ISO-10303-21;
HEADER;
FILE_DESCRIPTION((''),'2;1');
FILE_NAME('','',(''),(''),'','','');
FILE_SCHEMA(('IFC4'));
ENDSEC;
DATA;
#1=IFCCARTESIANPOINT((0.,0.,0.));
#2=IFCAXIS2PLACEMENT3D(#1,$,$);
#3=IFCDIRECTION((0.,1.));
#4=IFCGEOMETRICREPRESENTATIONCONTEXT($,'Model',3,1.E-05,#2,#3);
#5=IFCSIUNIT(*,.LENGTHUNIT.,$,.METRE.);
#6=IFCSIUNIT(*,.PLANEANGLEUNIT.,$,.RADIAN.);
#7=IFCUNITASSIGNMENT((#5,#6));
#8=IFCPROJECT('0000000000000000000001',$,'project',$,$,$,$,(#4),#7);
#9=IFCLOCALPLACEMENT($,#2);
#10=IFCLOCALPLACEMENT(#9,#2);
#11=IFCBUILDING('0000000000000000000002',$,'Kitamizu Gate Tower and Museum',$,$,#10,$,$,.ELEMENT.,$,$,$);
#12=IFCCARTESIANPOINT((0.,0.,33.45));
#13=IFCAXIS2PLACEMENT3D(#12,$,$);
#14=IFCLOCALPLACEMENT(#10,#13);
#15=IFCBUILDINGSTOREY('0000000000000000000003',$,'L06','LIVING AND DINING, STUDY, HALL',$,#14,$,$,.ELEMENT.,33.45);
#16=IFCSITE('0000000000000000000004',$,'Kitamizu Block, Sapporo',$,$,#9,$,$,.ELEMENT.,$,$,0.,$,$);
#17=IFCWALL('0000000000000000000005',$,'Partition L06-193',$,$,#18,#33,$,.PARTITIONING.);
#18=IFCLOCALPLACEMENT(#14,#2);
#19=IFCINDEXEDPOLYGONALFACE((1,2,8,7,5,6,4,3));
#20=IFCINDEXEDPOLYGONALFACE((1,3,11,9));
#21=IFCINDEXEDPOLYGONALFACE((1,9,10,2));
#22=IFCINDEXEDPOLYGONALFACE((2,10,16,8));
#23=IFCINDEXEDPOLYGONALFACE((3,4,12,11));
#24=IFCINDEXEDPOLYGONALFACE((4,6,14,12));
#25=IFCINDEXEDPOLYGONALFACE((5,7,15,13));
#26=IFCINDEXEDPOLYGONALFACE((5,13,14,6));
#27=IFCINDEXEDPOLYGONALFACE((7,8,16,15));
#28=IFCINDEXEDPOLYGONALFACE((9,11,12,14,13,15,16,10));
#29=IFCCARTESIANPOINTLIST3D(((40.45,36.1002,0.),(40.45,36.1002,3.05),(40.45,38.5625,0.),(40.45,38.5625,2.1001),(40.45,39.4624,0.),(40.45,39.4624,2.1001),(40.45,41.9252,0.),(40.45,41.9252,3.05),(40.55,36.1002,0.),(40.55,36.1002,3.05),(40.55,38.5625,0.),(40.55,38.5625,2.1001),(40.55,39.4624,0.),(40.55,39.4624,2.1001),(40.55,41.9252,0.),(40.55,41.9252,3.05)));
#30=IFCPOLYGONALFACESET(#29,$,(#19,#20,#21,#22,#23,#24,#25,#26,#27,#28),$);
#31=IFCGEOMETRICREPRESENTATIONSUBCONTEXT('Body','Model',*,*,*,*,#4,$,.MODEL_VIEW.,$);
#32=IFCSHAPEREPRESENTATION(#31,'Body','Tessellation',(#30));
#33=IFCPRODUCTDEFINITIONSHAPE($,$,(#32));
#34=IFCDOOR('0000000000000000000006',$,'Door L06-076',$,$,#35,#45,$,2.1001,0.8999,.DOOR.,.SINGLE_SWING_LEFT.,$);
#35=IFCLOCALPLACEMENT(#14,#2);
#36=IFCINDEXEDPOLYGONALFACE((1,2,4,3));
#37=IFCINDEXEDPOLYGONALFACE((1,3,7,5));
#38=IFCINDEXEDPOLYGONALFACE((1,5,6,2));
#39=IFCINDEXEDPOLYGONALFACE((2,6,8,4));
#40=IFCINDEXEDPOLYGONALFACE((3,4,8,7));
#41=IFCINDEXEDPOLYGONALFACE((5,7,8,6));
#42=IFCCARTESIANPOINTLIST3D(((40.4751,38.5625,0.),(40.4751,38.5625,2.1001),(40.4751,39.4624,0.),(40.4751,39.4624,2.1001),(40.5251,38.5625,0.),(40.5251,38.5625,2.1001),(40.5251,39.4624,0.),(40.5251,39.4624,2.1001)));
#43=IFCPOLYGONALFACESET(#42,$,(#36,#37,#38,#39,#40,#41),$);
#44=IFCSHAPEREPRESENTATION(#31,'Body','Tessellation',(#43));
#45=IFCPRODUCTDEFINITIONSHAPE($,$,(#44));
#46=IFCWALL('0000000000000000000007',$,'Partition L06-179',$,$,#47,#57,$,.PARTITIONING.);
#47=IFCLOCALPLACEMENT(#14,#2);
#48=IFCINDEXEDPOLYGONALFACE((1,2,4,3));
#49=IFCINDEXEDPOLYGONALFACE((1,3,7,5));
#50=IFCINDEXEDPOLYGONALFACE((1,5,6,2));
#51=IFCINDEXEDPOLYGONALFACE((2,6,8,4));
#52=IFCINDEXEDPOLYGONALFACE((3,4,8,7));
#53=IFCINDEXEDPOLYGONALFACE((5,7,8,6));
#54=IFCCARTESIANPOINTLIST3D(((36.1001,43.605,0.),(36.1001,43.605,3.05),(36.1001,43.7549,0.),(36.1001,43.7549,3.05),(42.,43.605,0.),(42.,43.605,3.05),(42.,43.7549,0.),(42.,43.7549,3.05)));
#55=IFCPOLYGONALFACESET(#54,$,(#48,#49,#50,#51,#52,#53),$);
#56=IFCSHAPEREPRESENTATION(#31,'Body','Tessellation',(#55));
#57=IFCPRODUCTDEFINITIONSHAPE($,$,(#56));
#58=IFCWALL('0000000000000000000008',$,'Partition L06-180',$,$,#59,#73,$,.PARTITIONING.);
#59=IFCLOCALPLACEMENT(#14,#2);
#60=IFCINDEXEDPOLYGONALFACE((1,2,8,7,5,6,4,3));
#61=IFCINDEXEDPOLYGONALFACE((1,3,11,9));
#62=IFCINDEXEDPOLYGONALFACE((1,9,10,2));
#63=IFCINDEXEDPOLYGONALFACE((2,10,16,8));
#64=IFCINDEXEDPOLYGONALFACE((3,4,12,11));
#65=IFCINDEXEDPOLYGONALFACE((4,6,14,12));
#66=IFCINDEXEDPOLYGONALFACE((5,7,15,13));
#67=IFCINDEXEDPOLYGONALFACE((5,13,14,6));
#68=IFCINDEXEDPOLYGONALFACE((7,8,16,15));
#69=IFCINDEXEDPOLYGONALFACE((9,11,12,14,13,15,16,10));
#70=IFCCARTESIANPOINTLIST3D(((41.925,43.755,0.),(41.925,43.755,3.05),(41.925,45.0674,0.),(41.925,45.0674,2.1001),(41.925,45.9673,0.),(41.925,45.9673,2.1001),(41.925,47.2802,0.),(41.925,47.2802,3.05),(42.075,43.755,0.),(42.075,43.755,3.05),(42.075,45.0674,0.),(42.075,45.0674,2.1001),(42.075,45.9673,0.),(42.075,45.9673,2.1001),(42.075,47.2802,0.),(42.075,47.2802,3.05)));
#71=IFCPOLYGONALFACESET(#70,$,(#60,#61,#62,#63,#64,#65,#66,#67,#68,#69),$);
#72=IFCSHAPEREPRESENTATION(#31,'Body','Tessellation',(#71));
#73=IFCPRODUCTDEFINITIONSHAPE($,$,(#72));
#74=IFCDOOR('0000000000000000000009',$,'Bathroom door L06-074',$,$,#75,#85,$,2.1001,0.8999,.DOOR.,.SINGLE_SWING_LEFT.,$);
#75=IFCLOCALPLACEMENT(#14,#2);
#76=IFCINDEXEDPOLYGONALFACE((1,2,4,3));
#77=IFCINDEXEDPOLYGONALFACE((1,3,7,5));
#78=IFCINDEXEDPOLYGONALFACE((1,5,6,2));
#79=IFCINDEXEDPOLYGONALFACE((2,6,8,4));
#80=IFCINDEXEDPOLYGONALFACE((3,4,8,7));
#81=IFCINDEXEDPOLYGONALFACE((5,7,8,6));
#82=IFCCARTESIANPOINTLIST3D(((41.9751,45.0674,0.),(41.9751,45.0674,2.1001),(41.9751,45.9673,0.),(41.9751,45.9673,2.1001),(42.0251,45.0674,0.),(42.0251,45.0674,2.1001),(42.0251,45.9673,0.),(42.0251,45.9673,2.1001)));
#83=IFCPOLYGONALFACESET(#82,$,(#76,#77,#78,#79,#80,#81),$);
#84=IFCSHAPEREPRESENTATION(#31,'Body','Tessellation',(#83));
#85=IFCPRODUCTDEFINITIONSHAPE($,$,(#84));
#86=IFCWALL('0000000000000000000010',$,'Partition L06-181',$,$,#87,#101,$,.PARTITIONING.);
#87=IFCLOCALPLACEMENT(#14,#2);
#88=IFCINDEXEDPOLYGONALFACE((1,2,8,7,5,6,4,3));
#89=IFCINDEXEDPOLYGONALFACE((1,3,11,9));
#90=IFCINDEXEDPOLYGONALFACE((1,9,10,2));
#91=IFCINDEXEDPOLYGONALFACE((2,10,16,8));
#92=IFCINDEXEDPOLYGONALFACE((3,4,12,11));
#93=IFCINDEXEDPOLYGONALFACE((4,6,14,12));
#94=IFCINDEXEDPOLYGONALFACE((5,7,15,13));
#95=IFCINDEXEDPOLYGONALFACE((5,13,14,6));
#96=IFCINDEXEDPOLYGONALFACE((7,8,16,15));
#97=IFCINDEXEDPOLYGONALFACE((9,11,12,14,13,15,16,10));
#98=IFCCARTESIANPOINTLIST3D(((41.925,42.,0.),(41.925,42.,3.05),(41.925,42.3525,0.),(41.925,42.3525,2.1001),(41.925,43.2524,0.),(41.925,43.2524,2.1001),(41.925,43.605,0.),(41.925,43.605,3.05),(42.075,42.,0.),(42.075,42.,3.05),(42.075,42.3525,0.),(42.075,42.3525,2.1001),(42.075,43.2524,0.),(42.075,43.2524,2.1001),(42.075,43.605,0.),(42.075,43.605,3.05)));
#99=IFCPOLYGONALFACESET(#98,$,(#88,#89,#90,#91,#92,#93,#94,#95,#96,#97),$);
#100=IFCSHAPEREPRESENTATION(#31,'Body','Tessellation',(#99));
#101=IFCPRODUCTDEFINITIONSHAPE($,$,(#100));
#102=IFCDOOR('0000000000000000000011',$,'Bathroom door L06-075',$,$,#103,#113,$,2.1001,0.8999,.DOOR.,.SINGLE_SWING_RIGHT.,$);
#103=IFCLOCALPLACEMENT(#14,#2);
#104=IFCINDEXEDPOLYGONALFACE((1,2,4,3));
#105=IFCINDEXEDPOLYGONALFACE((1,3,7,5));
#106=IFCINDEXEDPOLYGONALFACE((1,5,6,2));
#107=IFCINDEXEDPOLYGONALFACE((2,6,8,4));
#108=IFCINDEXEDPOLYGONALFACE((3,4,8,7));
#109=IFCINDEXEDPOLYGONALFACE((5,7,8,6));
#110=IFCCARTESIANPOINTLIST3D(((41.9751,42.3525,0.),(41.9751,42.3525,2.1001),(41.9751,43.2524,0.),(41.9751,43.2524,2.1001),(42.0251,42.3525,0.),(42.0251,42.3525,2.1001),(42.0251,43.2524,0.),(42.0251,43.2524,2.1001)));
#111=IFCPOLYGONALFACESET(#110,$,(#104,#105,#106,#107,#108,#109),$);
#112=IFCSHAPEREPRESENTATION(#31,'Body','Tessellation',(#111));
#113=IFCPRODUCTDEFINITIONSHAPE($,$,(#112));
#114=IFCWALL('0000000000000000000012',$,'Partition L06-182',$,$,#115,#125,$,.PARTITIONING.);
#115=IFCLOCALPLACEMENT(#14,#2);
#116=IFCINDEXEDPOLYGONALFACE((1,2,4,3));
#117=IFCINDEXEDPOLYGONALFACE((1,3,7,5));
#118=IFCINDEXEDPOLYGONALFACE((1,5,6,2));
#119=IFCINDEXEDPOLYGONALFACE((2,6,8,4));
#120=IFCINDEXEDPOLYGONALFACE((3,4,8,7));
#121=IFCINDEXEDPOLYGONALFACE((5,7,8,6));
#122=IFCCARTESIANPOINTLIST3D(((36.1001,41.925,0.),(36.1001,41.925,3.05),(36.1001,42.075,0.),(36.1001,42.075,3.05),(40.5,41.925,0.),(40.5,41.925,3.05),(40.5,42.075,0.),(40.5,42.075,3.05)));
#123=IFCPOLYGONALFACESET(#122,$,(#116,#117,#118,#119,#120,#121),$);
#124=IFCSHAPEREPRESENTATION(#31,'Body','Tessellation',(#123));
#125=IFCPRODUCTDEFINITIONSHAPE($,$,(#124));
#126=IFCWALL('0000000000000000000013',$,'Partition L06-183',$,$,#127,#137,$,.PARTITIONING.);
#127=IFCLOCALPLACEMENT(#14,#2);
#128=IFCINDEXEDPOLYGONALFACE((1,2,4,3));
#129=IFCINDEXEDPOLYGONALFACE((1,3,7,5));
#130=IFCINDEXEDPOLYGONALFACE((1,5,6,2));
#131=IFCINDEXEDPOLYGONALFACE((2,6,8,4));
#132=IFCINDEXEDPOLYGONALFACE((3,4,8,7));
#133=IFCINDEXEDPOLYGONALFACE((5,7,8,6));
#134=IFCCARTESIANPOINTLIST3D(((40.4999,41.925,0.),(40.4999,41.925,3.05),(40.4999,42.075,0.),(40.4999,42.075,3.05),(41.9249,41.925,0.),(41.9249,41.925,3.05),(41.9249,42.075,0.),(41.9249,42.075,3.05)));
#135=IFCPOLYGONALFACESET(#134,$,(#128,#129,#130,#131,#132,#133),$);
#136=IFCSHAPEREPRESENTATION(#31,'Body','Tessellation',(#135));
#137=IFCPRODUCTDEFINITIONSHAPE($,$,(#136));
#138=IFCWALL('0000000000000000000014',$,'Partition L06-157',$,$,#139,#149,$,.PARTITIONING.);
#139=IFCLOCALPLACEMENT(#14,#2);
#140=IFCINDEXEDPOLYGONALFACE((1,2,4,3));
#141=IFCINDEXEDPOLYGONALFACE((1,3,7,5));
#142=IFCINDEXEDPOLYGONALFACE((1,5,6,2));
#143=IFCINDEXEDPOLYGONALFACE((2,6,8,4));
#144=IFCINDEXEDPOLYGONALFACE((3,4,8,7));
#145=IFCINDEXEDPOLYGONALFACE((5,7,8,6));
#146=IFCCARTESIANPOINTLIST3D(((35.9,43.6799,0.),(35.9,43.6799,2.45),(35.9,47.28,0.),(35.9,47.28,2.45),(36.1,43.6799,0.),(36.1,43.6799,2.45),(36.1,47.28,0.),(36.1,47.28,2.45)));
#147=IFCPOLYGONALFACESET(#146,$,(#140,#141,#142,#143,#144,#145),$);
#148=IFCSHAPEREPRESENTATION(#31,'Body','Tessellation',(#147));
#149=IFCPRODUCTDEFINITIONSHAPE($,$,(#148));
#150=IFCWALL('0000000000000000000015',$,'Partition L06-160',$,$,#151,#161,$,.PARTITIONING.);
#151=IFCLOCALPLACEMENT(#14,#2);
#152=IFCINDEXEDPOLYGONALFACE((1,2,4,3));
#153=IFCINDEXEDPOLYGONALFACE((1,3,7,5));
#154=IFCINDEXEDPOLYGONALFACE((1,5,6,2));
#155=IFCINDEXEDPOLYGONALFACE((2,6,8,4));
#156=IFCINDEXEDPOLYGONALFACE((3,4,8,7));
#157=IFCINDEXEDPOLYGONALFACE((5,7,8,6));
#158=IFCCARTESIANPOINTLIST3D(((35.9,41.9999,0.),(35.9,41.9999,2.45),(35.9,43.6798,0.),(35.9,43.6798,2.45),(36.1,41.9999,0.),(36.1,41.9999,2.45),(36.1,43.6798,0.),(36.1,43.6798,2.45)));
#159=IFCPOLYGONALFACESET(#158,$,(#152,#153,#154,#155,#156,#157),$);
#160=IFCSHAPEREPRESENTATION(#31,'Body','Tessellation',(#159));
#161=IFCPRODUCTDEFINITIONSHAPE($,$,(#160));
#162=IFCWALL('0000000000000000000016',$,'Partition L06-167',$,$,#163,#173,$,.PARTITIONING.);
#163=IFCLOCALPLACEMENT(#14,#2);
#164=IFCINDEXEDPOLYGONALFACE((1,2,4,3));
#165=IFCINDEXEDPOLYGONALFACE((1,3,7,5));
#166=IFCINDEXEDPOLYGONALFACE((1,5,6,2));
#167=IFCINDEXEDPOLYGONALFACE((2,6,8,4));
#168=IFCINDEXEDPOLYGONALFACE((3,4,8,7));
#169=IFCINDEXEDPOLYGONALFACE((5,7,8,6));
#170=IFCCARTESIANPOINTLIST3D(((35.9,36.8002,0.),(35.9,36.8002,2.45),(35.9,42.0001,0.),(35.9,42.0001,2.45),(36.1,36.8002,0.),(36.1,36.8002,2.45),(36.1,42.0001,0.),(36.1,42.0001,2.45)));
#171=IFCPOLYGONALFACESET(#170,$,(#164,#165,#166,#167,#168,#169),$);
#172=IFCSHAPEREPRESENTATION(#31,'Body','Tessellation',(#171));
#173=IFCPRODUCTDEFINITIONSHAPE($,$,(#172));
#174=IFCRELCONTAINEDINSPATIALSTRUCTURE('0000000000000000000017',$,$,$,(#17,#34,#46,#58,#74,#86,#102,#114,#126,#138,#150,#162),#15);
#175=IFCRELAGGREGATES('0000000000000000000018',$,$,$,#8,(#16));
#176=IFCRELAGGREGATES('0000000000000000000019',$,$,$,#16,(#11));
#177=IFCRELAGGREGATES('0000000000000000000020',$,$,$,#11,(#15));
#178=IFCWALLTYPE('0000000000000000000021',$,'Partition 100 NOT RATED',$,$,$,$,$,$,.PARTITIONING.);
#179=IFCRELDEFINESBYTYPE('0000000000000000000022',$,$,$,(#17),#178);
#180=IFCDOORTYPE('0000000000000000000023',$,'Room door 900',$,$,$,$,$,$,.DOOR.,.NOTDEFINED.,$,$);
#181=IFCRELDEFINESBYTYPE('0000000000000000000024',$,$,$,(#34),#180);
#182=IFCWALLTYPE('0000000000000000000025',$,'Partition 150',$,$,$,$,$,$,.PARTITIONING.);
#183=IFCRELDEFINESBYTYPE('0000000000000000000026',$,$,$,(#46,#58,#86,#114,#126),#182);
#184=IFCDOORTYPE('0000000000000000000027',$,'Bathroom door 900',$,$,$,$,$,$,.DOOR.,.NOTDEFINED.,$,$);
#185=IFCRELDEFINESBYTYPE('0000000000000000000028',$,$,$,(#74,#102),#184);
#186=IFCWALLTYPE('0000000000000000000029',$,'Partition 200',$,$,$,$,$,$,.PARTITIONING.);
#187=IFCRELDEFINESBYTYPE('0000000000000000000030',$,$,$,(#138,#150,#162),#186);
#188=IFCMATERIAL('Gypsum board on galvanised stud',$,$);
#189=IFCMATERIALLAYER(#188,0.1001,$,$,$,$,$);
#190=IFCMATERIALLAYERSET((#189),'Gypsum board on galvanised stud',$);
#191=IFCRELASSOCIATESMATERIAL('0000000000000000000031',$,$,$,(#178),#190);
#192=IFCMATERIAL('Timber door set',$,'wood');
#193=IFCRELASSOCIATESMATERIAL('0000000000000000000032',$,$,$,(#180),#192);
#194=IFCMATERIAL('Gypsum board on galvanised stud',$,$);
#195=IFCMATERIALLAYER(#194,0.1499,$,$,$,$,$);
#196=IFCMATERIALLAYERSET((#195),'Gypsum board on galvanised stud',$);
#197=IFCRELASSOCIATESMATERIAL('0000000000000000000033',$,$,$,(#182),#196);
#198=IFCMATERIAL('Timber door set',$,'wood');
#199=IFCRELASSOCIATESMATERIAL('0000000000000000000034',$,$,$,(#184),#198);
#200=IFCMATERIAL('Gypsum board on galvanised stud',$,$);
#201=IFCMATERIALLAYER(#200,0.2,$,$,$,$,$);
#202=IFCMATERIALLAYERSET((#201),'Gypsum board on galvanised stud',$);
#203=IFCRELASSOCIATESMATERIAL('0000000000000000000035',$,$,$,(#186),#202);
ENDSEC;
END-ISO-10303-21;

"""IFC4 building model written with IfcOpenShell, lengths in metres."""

from ifc_helpers import new_model, si_unit, direction, frame, frame_2d, origin, place, context, subcontext, project, spatial, rectangle, extrude, material, layer, layer_set, type_object, element, fill, save


model = new_model("IFC4")

# Units and contexts
model_context = context("Model", 3, precision=1e-05, world=origin(), true_north=direction((0.0, 1.0)))
body_context = subcontext(model_context, "Body", "Model", "MODEL_VIEW")
ifc_project = project(units=[si_unit("LENGTHUNIT", "METRE"), si_unit("PLANEANGLEUNIT", "RADIAN")], contexts=[model_context])

# Site, building, storey
site_placement = place(None, origin())
site = spatial("IfcSite", under=ifc_project, at=site_placement, Name="Kitamizu Block, Sapporo", CompositionType="ELEMENT", RefElevation=0.0)
building_placement = place(site_placement, origin())
building = spatial("IfcBuilding", under=site, at=building_placement, Name="Kitamizu Gate Tower and Museum", CompositionType="ELEMENT")
storey_placement = place(building_placement, frame((0.0, 0.0, 33.45)))
storey = spatial("IfcBuildingStorey", under=building, at=storey_placement, Name="L06", Description="LIVING AND DINING, STUDY, HALL", CompositionType="ELEMENT", Elevation=33.45)

# Wall, opening, door
ifc_material_1 = material(Name="Gypsum board on galvanised stud")
ifc_layer_1 = layer(ifc_material_1, 0.1001)
ifc_layer_set_1 = layer_set([ifc_layer_1], Name="Gypsum board on galvanised stud")
wall_type_1 = type_object("IfcWallType", Name="Partition 100 NOT RATED", PredefinedType="PARTITIONING", material=ifc_layer_set_1)
ifc_material_2 = material(Name="Timber door set", Category="wood")
door_type_1 = type_object("IfcDoorType", Name="Room door 900", OperationType="NOTDEFINED", PredefinedType="DOOR", material=ifc_material_2)
wall_1_placement = place(storey_placement, frame((40.5, 36.1001, 0.0), z_axis=(0.0, 0.0, 1.0), x_axis=(0.0, 1.0, 0.0)))
wall_1 = element("IfcWall", 1, at=wall_1_placement, inside=storey, type_object=wall_type_1, Name="Partition L06-193", PredefinedType="PARTITIONING", context=body_context, shape_type="SweptSolid", body=[
    extrude(rectangle(XDim=5.825, YDim=0.1001, at=frame_2d((2.9126, 0.0))), origin(), (0.0, 0.0, 1.0), 3.05),
])
opening_1_placement = place(wall_1_placement, frame((2.4624, 0.0, 0.0)))
opening_1 = element("IfcOpeningElement", 2, at=opening_1_placement, cuts=wall_1, PredefinedType="OPENING", context=body_context, shape_type="SweptSolid", body=[
    extrude(rectangle(XDim=0.8999, YDim=2.1001, at=frame_2d((0.45, 1.05))), frame((0.0, 0.0601, 0.0), z_axis=(0.0, -1.0, 0.0), x_axis=(1.0, 0.0, 0.0)), (0.0, 0.0, 1.0), 0.1201),
])
door_1_placement = place(opening_1_placement, origin())
door_1 = element("IfcDoor", 3, at=door_1_placement, inside=storey, type_object=door_type_1, Name="Door L06-076", OperationType="SINGLE_SWING_LEFT", OverallHeight=2.1001, OverallWidth=0.8999, PredefinedType="DOOR", context=body_context, shape_type="SweptSolid", body=[
    extrude(rectangle(XDim=0.8999, YDim=2.1001, at=frame_2d((0.45, 1.05))), frame((0.0, 0.0249, 0.0), z_axis=(0.0, -1.0, 0.0), x_axis=(1.0, 0.0, 0.0)), (0.0, 0.0, 1.0), 0.05),
])
fill(opening_1, door_1)

# Wall
ifc_material_3 = material(Name="Gypsum board on galvanised stud")
ifc_layer_2 = layer(ifc_material_3, 0.1499)
ifc_layer_set_2 = layer_set([ifc_layer_2], Name="Gypsum board on galvanised stud")
wall_type_2 = type_object("IfcWallType", Name="Partition 150", PredefinedType="PARTITIONING", material=ifc_layer_set_2)
wall_2_placement = place(storey_placement, frame((36.1001, 43.6799, 0.0), z_axis=(0.0, 0.0, 1.0), x_axis=(1.0, 0.0, 0.0)))
element("IfcWall", 4, at=wall_2_placement, inside=storey, type_object=wall_type_2, Name="Partition L06-179", PredefinedType="PARTITIONING", context=body_context, shape_type="SweptSolid", body=[
    extrude(rectangle(XDim=5.8999, YDim=0.1499, at=frame_2d((2.95, 0.0))), origin(), (0.0, 0.0, 1.0), 3.05),
])

# Walls, openings, doors
wall_3_placement = place(storey_placement, frame((42.0, 43.7549, 0.0), z_axis=(0.0, 0.0, 1.0), x_axis=(0.0, 1.0, 0.0)))
wall_3 = element("IfcWall", 5, at=wall_3_placement, inside=storey, type_object=wall_type_2, Name="Partition L06-180", PredefinedType="PARTITIONING", context=body_context, shape_type="SweptSolid", body=[
    extrude(rectangle(XDim=3.5251, YDim=0.1499, at=frame_2d((1.7627, 0.0))), origin(), (0.0, 0.0, 1.0), 3.05),
])
opening_2_placement = place(wall_3_placement, frame((1.3125, 0.0, 0.0)))
opening_2 = element("IfcOpeningElement", 6, at=opening_2_placement, cuts=wall_3, PredefinedType="OPENING", context=body_context, shape_type="SweptSolid", body=[
    extrude(rectangle(XDim=0.8999, YDim=2.1001, at=frame_2d((0.45, 1.05))), frame((0.0, 0.085, 0.0), z_axis=(0.0, -1.0, 0.0), x_axis=(1.0, 0.0, 0.0)), (0.0, 0.0, 1.0), 0.1699),
])
ifc_material_4 = material(Name="Timber door set", Category="wood")
door_type_2 = type_object("IfcDoorType", Name="Bathroom door 900", OperationType="NOTDEFINED", PredefinedType="DOOR", material=ifc_material_4)
door_2_placement = place(opening_2_placement, origin())
door_2 = element("IfcDoor", 7, at=door_2_placement, inside=storey, type_object=door_type_2, Name="Bathroom door L06-074", OperationType="SINGLE_SWING_LEFT", OverallHeight=2.1001, OverallWidth=0.8999, PredefinedType="DOOR", context=body_context, shape_type="SweptSolid", body=[
    extrude(rectangle(XDim=0.8999, YDim=2.1001, at=frame_2d((0.45, 1.05))), frame((0.0, 0.0249, 0.0), z_axis=(0.0, -1.0, 0.0), x_axis=(1.0, 0.0, 0.0)), (0.0, 0.0, 1.0), 0.05),
])
fill(opening_2, door_2)
wall_4_placement = place(storey_placement, frame((42.0, 42.0, 0.0), z_axis=(0.0, 0.0, 1.0), x_axis=(0.0, 1.0, 0.0)))
wall_4 = element("IfcWall", 8, at=wall_4_placement, inside=storey, type_object=wall_type_2, Name="Partition L06-181", PredefinedType="PARTITIONING", context=body_context, shape_type="SweptSolid", body=[
    extrude(rectangle(XDim=1.605, YDim=0.1499, at=frame_2d((0.8025, 0.0))), origin(), (0.0, 0.0, 1.0), 3.05),
])
opening_3_placement = place(wall_4_placement, frame((0.3525, 0.0, 0.0)))
opening_3 = element("IfcOpeningElement", 9, at=opening_3_placement, cuts=wall_4, PredefinedType="OPENING", context=body_context, shape_type="SweptSolid", body=[
    extrude(rectangle(XDim=0.8999, YDim=2.1001, at=frame_2d((0.45, 1.05))), frame((0.0, 0.085, 0.0), z_axis=(0.0, -1.0, 0.0), x_axis=(1.0, 0.0, 0.0)), (0.0, 0.0, 1.0), 0.1699),
])
door_3_placement = place(opening_3_placement, origin())
door_3 = element("IfcDoor", 10, at=door_3_placement, inside=storey, type_object=door_type_2, Name="Bathroom door L06-075", OperationType="SINGLE_SWING_RIGHT", OverallHeight=2.1001, OverallWidth=0.8999, PredefinedType="DOOR", context=body_context, shape_type="SweptSolid", body=[
    extrude(rectangle(XDim=0.8999, YDim=2.1001, at=frame_2d((0.45, 1.05))), frame((0.0, 0.0249, 0.0), z_axis=(0.0, -1.0, 0.0), x_axis=(1.0, 0.0, 0.0)), (0.0, 0.0, 1.0), 0.05),
])
fill(opening_3, door_3)

# Walls
wall_5_placement = place(storey_placement, frame((36.1001, 42.0, 0.0), z_axis=(0.0, 0.0, 1.0), x_axis=(1.0, 0.0, 0.0)))
element("IfcWall", 11, at=wall_5_placement, inside=storey, type_object=wall_type_2, Name="Partition L06-182", PredefinedType="PARTITIONING", context=body_context, shape_type="SweptSolid", body=[
    extrude(rectangle(XDim=4.3999, YDim=0.1499, at=frame_2d((2.2, 0.0))), origin(), (0.0, 0.0, 1.0), 3.05),
])
wall_6_placement = place(storey_placement, frame((40.5, 42.0, 0.0), z_axis=(0.0, 0.0, 1.0), x_axis=(1.0, 0.0, 0.0)))
element("IfcWall", 12, at=wall_6_placement, inside=storey, type_object=wall_type_2, Name="Partition L06-183", PredefinedType="PARTITIONING", context=body_context, shape_type="SweptSolid", body=[
    extrude(rectangle(XDim=1.425, YDim=0.1499, at=frame_2d((0.7124, 0.0))), origin(), (0.0, 0.0, 1.0), 3.05),
])
ifc_material_5 = material(Name="Gypsum board on galvanised stud")
ifc_layer_3 = layer(ifc_material_5, 0.2)
ifc_layer_set_3 = layer_set([ifc_layer_3], Name="Gypsum board on galvanised stud")
wall_type_3 = type_object("IfcWallType", Name="Partition 200", PredefinedType="PARTITIONING", material=ifc_layer_set_3)
wall_7_placement = place(storey_placement, frame((36.0, 43.6799, 0.0), z_axis=(0.0, 0.0, 1.0), x_axis=(0.0, 1.0, 0.0)))
element("IfcWall", 13, at=wall_7_placement, inside=storey, type_object=wall_type_3, Name="Partition L06-157", PredefinedType="PARTITIONING", context=body_context, shape_type="SweptSolid", body=[
    extrude(rectangle(XDim=3.6001, YDim=0.2, at=frame_2d((1.8, 0.0))), origin(), (0.0, 0.0, 1.0), 2.45),
])
wall_8_placement = place(storey_placement, frame((36.0, 42.0, 0.0), z_axis=(0.0, 0.0, 1.0), x_axis=(0.0, 1.0, 0.0)))
element("IfcWall", 14, at=wall_8_placement, inside=storey, type_object=wall_type_3, Name="Partition L06-160", PredefinedType="PARTITIONING", context=body_context, shape_type="SweptSolid", body=[
    extrude(rectangle(XDim=1.6799, YDim=0.2, at=frame_2d((0.8398, 0.0))), origin(), (0.0, 0.0, 1.0), 2.45),
])
wall_9_placement = place(storey_placement, frame((36.0, 36.8, 0.0), z_axis=(0.0, 0.0, 1.0), x_axis=(0.0, 1.0, 0.0)))
element("IfcWall", 15, at=wall_9_placement, inside=storey, type_object=wall_type_3, Name="Partition L06-167", PredefinedType="PARTITIONING", context=body_context, shape_type="SweptSolid", body=[
    extrude(rectangle(XDim=5.2, YDim=0.2, at=frame_2d((2.6001, 0.0))), origin(), (0.0, 0.0, 1.0), 2.45),
])

save(model, "model.ifc")
